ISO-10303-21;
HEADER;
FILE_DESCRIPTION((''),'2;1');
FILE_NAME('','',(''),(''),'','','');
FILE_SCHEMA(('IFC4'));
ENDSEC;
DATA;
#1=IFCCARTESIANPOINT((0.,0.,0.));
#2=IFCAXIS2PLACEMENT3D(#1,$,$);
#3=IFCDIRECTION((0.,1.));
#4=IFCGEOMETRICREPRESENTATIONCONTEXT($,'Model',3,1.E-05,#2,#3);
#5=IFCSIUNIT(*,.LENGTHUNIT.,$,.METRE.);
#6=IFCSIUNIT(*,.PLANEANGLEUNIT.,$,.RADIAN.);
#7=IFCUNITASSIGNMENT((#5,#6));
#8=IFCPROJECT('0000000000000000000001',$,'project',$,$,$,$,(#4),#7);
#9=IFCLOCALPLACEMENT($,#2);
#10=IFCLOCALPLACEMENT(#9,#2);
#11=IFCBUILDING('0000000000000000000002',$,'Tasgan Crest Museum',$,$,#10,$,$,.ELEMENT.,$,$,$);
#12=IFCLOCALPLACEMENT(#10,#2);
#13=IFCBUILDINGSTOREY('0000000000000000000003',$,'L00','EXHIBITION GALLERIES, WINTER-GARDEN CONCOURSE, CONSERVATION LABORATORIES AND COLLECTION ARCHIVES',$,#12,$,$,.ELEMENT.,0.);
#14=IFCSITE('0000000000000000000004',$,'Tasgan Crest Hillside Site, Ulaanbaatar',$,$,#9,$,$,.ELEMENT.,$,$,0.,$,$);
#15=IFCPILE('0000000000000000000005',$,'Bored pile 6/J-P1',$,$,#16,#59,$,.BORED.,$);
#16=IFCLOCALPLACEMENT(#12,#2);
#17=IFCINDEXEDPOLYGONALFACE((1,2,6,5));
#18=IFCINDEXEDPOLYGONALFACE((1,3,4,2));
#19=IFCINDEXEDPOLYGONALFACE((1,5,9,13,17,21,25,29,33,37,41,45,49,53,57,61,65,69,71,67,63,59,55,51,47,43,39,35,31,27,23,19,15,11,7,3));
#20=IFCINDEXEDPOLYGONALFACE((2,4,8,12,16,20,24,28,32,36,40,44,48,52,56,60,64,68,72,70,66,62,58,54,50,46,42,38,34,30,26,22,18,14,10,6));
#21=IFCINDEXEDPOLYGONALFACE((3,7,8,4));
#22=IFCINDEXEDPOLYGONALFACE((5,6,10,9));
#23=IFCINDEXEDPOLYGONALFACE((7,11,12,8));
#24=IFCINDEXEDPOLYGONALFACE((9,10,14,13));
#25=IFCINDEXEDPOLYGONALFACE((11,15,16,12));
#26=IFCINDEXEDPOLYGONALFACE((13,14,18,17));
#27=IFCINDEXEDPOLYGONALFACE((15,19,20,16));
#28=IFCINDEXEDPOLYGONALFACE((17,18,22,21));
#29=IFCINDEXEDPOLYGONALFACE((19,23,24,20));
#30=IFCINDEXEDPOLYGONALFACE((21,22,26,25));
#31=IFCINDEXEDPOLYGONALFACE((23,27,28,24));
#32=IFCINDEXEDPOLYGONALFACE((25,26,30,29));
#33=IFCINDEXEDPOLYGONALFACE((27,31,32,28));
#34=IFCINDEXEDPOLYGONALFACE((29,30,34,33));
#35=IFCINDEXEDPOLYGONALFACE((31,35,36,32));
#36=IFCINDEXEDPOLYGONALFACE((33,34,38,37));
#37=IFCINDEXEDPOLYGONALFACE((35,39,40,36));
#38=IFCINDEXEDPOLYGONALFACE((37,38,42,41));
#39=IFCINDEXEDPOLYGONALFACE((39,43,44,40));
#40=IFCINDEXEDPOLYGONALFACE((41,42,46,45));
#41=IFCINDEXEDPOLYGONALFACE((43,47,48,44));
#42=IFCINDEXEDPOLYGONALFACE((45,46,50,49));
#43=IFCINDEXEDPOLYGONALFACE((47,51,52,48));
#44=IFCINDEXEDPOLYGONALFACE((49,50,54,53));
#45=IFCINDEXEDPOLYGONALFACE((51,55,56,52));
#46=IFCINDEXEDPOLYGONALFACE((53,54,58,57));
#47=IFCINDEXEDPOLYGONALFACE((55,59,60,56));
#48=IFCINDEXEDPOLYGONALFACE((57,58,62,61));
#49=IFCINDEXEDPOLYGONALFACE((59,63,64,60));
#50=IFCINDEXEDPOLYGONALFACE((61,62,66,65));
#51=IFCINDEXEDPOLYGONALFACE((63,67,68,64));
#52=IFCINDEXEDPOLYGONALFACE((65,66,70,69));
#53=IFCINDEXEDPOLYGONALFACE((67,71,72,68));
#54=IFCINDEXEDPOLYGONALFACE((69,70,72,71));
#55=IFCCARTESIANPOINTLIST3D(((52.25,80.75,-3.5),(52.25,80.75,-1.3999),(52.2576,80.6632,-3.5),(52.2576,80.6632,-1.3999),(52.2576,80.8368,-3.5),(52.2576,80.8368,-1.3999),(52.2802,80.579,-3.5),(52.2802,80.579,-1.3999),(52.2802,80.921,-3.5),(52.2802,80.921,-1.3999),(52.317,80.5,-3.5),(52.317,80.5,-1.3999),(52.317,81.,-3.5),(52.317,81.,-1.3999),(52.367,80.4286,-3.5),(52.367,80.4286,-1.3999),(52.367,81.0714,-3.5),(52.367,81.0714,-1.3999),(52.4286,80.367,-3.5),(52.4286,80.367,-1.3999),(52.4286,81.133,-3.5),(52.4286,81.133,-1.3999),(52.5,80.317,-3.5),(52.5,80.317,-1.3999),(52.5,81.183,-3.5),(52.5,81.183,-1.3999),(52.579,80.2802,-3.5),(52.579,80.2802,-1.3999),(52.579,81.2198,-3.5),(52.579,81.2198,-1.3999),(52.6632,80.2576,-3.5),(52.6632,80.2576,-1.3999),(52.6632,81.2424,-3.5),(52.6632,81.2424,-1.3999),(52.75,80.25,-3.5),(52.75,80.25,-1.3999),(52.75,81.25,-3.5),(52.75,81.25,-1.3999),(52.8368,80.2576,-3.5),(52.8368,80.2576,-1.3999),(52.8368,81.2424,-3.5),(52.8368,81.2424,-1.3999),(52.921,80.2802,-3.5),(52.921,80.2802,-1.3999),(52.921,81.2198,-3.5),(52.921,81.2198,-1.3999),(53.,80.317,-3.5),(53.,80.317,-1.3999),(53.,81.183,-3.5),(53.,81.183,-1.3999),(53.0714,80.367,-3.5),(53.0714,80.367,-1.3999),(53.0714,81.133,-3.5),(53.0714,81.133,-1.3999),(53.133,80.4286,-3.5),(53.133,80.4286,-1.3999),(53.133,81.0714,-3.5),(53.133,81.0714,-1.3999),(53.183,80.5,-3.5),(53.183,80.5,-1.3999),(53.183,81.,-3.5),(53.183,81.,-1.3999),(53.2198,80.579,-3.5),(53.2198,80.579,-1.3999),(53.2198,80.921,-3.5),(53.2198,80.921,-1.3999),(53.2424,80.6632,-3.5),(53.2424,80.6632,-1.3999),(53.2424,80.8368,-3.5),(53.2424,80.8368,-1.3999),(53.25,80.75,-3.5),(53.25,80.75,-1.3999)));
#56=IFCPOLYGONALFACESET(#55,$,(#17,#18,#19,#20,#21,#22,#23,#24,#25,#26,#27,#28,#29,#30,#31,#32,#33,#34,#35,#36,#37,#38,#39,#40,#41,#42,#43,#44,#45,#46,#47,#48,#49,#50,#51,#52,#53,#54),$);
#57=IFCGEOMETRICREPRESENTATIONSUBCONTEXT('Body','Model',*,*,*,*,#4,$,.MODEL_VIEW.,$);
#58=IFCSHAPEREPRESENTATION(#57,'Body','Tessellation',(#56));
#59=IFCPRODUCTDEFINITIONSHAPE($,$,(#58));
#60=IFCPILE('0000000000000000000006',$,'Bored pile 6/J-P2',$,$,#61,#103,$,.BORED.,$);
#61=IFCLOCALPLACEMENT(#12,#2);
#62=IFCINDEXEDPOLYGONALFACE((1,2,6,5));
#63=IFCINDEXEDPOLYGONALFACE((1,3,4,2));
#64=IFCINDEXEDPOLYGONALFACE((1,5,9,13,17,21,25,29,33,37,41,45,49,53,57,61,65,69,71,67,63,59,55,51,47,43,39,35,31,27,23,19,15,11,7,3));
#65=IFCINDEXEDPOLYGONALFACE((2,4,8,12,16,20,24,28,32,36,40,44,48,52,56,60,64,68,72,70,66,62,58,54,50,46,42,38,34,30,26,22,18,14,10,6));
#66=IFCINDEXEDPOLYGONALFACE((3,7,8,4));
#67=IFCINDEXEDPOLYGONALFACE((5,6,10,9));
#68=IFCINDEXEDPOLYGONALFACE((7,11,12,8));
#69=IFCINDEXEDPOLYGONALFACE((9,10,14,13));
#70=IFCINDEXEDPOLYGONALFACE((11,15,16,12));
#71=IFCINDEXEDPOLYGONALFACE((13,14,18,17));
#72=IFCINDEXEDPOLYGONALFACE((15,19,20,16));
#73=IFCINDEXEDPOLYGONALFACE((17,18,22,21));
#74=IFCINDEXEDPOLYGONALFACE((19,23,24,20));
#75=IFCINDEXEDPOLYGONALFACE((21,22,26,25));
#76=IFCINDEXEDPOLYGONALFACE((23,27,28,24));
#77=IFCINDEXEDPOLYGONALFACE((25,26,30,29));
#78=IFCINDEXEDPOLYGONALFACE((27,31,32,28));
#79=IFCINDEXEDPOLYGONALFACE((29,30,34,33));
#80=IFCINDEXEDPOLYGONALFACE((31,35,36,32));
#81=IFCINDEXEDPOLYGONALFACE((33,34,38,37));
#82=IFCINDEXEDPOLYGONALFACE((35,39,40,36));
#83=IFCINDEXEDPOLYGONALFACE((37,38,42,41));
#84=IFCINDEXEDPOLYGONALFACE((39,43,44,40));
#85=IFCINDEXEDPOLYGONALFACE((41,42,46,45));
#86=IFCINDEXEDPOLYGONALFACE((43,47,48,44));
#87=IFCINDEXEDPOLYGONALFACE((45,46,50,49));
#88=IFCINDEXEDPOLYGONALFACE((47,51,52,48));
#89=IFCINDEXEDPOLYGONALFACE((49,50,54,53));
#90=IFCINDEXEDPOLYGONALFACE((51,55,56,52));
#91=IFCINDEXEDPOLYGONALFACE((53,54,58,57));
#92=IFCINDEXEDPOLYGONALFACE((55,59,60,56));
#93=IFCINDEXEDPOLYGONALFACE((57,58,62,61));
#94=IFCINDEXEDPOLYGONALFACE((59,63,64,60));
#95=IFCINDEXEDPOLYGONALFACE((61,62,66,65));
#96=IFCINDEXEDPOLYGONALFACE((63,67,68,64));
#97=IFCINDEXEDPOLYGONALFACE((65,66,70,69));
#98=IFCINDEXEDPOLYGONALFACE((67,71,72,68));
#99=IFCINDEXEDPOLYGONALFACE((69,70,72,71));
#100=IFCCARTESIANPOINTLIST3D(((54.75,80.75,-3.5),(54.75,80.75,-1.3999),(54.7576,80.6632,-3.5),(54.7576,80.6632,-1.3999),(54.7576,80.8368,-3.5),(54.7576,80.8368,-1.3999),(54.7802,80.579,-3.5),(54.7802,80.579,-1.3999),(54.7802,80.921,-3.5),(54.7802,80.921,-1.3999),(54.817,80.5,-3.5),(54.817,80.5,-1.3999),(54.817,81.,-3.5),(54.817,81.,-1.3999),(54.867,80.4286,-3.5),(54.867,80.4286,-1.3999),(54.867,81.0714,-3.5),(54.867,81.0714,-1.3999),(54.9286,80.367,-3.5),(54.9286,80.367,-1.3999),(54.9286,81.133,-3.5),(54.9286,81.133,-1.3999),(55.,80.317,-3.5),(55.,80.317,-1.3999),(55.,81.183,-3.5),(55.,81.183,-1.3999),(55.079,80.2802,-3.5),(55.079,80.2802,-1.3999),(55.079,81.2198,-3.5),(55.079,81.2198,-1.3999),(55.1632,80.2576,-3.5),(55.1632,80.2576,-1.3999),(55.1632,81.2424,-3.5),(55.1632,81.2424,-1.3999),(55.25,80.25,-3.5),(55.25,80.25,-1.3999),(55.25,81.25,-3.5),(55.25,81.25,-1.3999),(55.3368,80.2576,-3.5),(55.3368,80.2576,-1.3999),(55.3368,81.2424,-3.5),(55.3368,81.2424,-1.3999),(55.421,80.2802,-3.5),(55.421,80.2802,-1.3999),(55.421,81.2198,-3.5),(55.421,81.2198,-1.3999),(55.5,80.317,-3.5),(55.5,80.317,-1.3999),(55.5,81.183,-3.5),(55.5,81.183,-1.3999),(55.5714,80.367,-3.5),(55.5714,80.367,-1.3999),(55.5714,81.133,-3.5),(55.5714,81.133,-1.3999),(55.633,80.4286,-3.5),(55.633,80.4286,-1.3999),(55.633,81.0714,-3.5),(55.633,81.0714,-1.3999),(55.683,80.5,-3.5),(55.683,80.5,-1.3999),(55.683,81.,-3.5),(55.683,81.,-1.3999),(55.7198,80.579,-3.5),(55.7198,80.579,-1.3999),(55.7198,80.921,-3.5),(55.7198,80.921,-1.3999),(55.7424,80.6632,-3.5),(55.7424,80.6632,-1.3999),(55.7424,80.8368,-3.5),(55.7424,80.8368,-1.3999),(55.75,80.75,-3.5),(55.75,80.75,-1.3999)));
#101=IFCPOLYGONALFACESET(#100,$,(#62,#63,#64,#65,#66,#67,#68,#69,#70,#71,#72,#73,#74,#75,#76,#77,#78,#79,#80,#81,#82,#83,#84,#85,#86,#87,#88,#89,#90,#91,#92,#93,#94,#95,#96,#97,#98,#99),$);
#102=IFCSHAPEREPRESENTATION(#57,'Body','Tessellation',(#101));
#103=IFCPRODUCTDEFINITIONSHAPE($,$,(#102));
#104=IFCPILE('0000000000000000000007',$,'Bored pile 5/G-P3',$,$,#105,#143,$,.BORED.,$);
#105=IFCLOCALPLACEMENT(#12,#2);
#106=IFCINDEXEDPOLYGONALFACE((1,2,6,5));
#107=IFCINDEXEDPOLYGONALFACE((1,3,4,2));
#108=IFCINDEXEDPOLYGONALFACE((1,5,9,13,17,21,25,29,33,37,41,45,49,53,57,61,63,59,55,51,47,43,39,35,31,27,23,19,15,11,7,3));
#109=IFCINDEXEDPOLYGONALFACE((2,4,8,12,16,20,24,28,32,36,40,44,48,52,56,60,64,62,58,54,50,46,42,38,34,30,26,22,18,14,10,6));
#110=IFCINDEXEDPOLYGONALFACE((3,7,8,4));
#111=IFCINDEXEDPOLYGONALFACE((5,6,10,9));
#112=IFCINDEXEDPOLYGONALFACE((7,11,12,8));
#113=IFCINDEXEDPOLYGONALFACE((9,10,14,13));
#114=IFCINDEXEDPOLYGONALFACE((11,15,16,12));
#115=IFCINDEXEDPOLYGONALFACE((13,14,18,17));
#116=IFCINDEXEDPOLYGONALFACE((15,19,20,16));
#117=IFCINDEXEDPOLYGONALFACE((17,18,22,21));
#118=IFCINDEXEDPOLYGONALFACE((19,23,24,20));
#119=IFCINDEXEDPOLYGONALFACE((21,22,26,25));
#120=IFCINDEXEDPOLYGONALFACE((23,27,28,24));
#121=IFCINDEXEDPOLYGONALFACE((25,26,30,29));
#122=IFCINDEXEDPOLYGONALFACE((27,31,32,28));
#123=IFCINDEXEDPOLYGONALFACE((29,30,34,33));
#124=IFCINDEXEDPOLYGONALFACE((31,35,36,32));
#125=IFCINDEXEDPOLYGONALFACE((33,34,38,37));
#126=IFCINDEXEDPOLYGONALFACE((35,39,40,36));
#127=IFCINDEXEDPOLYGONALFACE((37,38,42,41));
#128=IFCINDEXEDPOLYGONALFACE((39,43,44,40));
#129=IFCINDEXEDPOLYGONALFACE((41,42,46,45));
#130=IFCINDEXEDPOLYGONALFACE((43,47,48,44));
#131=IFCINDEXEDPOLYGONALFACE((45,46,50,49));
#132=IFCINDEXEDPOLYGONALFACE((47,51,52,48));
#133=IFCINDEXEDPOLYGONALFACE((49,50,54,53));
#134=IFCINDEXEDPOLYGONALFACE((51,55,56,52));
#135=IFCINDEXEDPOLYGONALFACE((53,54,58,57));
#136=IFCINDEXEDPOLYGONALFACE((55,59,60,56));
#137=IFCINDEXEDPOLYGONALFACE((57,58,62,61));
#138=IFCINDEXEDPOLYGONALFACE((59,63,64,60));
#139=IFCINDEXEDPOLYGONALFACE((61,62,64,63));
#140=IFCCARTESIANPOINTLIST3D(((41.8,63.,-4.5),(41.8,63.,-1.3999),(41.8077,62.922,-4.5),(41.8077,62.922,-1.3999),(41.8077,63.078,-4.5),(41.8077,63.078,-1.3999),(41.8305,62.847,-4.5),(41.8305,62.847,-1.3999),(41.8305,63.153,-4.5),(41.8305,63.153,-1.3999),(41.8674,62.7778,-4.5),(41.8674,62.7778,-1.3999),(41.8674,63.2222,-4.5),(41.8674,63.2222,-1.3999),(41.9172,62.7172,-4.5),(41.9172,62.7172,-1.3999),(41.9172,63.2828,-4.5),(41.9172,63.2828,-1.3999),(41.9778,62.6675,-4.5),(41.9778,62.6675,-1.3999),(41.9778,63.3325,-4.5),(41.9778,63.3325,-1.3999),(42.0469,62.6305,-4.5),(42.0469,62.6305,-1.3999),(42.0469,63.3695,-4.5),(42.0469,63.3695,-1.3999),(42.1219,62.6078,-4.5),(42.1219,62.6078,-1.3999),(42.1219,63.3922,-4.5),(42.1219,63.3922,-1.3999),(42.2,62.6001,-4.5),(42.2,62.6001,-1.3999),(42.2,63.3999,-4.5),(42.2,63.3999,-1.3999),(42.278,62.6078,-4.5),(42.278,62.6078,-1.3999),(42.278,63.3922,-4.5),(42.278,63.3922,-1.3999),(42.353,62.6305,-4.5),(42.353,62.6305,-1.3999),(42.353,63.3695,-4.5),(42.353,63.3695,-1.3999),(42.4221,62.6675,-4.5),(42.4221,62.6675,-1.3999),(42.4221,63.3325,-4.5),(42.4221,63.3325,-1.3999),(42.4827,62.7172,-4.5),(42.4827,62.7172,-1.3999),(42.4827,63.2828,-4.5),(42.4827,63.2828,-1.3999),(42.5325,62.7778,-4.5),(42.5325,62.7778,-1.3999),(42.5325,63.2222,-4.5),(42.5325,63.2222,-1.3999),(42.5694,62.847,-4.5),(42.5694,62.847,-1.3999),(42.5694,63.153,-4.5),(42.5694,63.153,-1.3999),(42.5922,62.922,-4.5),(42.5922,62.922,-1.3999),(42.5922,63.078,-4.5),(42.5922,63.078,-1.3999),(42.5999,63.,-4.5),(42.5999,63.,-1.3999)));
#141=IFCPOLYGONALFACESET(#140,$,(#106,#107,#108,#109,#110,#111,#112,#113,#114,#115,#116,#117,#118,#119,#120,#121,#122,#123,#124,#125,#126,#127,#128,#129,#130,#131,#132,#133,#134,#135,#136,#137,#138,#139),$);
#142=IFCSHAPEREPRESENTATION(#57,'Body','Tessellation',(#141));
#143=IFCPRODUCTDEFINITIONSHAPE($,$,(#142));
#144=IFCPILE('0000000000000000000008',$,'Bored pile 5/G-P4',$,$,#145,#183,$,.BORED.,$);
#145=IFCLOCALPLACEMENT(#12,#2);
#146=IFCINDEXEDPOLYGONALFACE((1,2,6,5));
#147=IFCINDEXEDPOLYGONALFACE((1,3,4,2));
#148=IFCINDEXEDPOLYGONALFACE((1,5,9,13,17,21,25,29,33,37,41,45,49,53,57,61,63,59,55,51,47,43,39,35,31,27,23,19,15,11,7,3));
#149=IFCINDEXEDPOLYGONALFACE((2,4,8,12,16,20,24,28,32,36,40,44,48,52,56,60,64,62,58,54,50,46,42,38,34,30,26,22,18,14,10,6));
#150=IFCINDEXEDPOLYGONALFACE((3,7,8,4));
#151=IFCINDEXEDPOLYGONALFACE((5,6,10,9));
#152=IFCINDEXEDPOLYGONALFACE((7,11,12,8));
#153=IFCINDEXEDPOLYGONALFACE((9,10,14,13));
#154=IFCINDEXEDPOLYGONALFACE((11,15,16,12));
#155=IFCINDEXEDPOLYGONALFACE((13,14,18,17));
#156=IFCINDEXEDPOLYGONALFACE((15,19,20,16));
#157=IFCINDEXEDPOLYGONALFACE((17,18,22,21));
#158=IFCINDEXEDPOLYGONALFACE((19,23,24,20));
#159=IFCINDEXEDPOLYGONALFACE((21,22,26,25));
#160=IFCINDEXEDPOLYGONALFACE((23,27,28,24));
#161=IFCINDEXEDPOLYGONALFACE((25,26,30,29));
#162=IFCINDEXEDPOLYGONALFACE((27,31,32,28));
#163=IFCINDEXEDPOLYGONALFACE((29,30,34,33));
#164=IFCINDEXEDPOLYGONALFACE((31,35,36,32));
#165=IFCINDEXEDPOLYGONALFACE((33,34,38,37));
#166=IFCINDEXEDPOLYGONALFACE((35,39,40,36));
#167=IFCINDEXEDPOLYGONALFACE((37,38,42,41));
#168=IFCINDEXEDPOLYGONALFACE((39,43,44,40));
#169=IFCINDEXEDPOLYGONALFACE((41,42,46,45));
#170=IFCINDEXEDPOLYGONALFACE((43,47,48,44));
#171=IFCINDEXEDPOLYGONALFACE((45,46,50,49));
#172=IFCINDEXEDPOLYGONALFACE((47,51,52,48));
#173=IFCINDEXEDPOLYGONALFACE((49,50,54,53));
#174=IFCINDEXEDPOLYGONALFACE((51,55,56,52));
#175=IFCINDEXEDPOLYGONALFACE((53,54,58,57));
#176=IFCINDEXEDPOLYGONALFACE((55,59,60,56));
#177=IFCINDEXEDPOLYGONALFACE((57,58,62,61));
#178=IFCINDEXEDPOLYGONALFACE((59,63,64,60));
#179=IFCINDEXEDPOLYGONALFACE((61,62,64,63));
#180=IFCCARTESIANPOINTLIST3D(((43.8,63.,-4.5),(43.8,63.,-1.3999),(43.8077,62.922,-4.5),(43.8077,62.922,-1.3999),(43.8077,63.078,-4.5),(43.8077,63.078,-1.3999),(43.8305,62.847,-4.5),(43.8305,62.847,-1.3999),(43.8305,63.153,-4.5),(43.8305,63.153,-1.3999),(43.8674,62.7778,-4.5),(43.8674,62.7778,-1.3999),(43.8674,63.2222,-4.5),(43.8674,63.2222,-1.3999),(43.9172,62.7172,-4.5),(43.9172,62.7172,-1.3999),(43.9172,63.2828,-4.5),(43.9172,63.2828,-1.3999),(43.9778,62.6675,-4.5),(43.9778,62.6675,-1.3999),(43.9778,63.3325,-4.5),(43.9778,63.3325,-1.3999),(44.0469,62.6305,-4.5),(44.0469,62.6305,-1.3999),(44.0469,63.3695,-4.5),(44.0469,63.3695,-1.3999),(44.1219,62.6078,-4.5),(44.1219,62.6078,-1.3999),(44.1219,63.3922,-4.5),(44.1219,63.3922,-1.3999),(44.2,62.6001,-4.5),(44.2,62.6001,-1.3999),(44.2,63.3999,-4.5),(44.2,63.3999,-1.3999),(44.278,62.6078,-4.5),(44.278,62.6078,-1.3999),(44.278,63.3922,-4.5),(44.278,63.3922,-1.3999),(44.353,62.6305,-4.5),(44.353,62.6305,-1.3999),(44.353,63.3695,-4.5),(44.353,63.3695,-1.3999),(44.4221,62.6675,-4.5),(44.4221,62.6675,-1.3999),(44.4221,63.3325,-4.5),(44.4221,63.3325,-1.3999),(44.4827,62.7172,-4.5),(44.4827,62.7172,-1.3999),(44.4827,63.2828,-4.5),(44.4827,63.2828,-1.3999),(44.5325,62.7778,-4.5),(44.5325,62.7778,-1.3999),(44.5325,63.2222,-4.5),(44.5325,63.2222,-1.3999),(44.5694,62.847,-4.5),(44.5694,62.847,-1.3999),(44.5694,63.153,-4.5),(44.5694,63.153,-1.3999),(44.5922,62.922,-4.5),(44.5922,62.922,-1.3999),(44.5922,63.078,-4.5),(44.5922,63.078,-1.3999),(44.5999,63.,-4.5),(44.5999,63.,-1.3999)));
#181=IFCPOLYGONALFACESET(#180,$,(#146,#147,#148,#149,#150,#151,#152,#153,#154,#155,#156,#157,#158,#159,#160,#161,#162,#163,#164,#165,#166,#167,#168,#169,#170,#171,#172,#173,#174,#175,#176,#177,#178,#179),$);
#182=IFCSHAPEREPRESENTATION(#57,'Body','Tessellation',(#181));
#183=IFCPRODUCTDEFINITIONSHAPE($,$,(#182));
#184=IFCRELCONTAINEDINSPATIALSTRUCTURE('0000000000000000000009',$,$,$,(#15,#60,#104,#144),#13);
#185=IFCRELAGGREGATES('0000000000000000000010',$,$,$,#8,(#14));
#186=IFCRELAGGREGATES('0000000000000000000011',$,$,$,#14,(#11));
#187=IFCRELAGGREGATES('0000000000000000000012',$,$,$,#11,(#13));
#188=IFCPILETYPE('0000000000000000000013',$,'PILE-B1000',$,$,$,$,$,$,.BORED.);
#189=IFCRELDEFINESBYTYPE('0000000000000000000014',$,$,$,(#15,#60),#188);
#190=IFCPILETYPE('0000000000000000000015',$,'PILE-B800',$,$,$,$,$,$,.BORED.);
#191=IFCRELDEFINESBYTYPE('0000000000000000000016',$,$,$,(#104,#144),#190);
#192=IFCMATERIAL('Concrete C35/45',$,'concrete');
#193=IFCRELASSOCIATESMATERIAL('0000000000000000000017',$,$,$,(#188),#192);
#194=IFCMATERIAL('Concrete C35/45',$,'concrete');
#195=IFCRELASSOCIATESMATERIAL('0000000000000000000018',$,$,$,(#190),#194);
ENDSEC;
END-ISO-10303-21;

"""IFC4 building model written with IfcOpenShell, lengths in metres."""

from ifc_helpers import new_model, si_unit, direction, frame, origin, origin_2d, place, context, subcontext, project, spatial, circle, extrude, material, material_profile, profile_set, type_object, element, save


model = new_model("IFC4")

# Units and contexts
model_context = context("Model", 3, precision=1e-05, world=origin(), true_north=direction((0.0, 1.0)))
body_context = subcontext(model_context, "Body", "Model", "MODEL_VIEW")
ifc_project = project(units=[si_unit("LENGTHUNIT", "METRE"), si_unit("PLANEANGLEUNIT", "RADIAN")], contexts=[model_context])

# Site, building, storey
site_placement = place(None, origin())
site = spatial("IfcSite", under=ifc_project, at=site_placement, Name="Tasgan Crest Hillside Site, Ulaanbaatar", CompositionType="ELEMENT", RefElevation=0.0)
building_placement = place(site_placement, origin())
building = spatial("IfcBuilding", under=site, at=building_placement, Name="Tasgan Crest Museum", CompositionType="ELEMENT")
storey_placement = place(building_placement, origin())
storey = spatial("IfcBuildingStorey", under=building, at=storey_placement, Name="L00", Description="EXHIBITION GALLERIES, WINTER-GARDEN CONCOURSE, CONSERVATION LABORATORIES AND COLLECTION ARCHIVES", CompositionType="ELEMENT", Elevation=0.0)

# Piles
ifc_material_1 = material(Name="Concrete C35/45", Category="concrete")
ifc_material_profile_1 = material_profile(ifc_material_1, circle(Radius=0.5, at=origin_2d()), Name="PILE D1000")
ifc_profile_set_1 = profile_set([ifc_material_profile_1], Name="Concrete C35/45")
pile_type_1 = type_object("IfcPileType", Name="PILE-B1000", PredefinedType="BORED", material=ifc_profile_set_1)
for number, where, z_axis, x_axis, name in (
    (1, (52.75, 80.75, -1.3999), (0.0, 0.0, -1.0), (1.0, 0.0, 0.0), "Bored pile 6/J-P1"),
    (2, (55.25, 80.75, -1.3999), (0.0, 0.0, -1.0), (1.0, 0.0, 0.0), "Bored pile 6/J-P2"),
):
    element("IfcPile", number, at=place(storey_placement, frame(where, z_axis=z_axis, x_axis=x_axis)), inside=storey, type_object=pile_type_1, Name=name, PredefinedType="BORED", context=body_context, shape_type="SweptSolid", body=[
        extrude(circle(Radius=0.5, at=origin_2d()), origin(), (0.0, 0.0, 1.0), 2.1001),
    ])
ifc_material_2 = material(Name="Concrete C35/45", Category="concrete")
ifc_material_profile_2 = material_profile(ifc_material_2, circle(Radius=0.3999, at=origin_2d()), Name="PILE D800")
ifc_profile_set_2 = profile_set([ifc_material_profile_2], Name="Concrete C35/45")
pile_type_2 = type_object("IfcPileType", Name="PILE-B800", PredefinedType="BORED", material=ifc_profile_set_2)
for number, where, z_axis, x_axis, name in (
    (3, (42.2, 63.0, -1.3999), (0.0, 0.0, -1.0), (1.0, 0.0, 0.0), "Bored pile 5/G-P3"),
    (4, (44.2, 63.0, -1.3999), (0.0, 0.0, -1.0), (1.0, 0.0, 0.0), "Bored pile 5/G-P4"),
):
    element("IfcPile", number, at=place(storey_placement, frame(where, z_axis=z_axis, x_axis=x_axis)), inside=storey, type_object=pile_type_2, Name=name, PredefinedType="BORED", context=body_context, shape_type="SweptSolid", body=[
        extrude(circle(Radius=0.3999, at=origin_2d()), origin(), (0.0, 0.0, 1.0), 3.1001),
    ])

save(model, "model.ifc")
